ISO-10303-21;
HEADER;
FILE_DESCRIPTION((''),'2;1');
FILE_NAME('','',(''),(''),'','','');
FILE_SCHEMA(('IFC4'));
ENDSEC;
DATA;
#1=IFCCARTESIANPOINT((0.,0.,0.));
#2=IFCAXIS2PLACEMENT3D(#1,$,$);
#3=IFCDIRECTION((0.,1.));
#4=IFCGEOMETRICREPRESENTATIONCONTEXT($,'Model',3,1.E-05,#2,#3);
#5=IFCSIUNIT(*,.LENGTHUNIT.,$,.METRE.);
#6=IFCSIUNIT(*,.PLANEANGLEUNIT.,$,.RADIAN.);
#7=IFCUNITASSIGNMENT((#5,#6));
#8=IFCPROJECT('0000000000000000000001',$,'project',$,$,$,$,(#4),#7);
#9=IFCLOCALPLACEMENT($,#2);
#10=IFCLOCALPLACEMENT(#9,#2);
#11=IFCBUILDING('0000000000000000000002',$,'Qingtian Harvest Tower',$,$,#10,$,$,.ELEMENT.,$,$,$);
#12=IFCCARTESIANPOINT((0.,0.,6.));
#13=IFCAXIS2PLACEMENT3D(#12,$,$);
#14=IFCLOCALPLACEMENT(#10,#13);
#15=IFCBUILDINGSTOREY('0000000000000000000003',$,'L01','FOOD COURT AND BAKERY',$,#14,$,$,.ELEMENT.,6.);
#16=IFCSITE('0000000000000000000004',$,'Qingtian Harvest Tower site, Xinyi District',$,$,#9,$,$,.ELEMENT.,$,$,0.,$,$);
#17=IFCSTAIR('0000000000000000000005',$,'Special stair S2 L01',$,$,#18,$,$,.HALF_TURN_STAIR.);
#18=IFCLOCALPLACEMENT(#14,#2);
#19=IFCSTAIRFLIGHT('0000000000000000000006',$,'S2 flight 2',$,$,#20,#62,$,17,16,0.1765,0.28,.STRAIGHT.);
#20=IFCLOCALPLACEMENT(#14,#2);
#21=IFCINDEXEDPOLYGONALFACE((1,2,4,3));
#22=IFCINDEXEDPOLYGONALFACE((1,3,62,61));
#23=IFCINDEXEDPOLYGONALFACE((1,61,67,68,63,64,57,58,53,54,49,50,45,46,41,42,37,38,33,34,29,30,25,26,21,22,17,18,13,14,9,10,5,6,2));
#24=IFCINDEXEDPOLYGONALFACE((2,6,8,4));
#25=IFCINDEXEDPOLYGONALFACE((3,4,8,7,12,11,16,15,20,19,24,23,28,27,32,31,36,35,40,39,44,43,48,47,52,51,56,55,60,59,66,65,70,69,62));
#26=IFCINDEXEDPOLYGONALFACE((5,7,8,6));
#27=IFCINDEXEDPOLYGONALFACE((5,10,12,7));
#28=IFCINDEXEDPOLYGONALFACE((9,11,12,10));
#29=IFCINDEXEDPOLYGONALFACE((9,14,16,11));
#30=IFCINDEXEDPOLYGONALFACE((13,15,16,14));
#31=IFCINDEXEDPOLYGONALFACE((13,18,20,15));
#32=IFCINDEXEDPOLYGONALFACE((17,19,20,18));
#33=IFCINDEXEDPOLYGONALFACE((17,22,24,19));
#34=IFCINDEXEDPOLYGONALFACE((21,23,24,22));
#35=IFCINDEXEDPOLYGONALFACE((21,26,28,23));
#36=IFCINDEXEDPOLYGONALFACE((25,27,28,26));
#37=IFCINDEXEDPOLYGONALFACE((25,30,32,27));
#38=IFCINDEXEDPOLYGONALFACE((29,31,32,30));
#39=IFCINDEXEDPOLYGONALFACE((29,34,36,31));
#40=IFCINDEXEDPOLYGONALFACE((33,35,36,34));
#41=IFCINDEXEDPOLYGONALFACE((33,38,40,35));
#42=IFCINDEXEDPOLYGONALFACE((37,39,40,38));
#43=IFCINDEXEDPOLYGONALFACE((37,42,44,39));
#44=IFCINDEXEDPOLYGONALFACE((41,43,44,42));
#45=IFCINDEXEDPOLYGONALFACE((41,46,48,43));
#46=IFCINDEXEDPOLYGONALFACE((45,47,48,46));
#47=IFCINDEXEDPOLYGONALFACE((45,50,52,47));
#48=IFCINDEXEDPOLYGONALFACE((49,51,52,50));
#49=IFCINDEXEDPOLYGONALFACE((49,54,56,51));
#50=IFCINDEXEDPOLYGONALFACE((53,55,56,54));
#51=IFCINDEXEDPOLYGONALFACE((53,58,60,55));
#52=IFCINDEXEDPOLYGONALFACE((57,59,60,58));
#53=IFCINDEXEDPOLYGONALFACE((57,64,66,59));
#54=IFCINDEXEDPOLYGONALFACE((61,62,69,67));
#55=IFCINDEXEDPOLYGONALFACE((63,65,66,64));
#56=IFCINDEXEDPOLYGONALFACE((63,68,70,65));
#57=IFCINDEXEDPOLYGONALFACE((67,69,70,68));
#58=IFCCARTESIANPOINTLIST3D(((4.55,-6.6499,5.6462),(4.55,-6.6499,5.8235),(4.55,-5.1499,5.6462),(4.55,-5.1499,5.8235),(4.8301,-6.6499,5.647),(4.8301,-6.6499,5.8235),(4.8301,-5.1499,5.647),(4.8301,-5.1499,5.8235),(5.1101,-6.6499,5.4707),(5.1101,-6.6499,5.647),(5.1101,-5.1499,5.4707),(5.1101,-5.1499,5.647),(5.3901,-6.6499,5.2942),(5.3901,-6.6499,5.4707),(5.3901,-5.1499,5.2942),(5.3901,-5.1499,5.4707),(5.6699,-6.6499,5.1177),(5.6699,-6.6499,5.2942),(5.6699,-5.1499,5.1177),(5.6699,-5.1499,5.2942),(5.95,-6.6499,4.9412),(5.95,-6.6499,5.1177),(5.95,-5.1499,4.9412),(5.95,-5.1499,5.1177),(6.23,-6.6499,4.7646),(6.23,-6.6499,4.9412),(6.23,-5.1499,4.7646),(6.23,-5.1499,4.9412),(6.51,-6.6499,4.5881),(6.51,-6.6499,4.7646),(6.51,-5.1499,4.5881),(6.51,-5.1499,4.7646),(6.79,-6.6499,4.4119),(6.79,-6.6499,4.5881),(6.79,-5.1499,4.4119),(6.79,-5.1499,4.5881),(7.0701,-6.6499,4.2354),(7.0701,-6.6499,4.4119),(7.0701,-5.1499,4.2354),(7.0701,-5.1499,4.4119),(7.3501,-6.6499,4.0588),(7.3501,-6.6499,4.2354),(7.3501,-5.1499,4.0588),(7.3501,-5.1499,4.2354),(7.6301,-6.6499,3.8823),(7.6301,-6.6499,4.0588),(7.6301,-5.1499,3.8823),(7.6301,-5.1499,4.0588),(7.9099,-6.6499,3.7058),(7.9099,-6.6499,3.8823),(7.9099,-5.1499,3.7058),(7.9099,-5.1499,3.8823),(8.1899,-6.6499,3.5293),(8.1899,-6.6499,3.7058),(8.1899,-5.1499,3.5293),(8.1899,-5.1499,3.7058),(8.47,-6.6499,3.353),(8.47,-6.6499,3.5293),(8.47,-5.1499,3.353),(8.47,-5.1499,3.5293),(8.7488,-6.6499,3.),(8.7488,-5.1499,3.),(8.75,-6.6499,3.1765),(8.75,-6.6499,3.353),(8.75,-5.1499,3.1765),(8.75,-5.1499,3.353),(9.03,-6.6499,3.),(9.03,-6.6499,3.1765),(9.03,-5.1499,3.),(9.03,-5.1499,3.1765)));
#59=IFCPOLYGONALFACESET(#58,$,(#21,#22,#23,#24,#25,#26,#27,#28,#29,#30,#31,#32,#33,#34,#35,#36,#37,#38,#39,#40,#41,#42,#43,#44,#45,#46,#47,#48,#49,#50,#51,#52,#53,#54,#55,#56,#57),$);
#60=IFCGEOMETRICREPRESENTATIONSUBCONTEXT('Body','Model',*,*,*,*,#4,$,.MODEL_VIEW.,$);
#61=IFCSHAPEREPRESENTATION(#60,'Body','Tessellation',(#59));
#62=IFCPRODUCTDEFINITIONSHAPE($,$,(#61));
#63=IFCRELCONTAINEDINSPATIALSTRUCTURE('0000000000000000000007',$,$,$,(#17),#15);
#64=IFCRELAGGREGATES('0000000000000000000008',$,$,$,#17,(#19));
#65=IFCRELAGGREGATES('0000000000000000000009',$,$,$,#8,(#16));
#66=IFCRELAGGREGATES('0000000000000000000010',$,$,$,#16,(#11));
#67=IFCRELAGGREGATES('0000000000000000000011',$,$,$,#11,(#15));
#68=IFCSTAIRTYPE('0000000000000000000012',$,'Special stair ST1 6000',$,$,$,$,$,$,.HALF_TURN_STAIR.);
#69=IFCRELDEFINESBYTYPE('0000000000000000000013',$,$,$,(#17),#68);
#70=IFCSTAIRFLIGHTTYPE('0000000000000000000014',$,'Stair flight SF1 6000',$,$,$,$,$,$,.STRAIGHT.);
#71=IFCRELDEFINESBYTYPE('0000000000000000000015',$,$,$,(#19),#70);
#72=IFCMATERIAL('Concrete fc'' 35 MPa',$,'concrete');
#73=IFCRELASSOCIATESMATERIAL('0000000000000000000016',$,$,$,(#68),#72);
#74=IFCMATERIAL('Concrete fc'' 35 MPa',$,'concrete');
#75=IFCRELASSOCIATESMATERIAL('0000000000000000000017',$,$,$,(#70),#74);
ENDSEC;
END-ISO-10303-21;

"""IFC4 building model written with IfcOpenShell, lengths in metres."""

from ifc_helpers import new_model, si_unit, direction, frame, origin, place, context, subcontext, project, spatial, polyline, outline, extrude, material, type_object, element, aggregate, save


model = new_model("IFC4")

# Units and contexts
model_context = context("Model", 3, precision=1e-05, world=origin(), true_north=direction((0.0, 1.0)))
body_context = subcontext(model_context, "Body", "Model", "MODEL_VIEW")
ifc_project = project(units=[si_unit("LENGTHUNIT", "METRE"), si_unit("PLANEANGLEUNIT", "RADIAN")], contexts=[model_context])

# Site, building, storey
site_placement = place(None, origin())
site = spatial("IfcSite", under=ifc_project, at=site_placement, Name="Qingtian Harvest Tower site, Xinyi District", CompositionType="ELEMENT", RefElevation=0.0)
building_placement = place(site_placement, origin())
building = spatial("IfcBuilding", under=site, at=building_placement, Name="Qingtian Harvest Tower", CompositionType="ELEMENT")
storey_placement = place(building_placement, frame((0.0, 0.0, 6.0)))
storey = spatial("IfcBuildingStorey", under=building, at=storey_placement, Name="L01", Description="FOOD COURT AND BAKERY", CompositionType="ELEMENT", Elevation=6.0)

# Stair, stair flight
ifc_material_1 = material(Name="Concrete fc' 35 MPa", Category="concrete")
stair_type = type_object("IfcStairType", Name="Special stair ST1 6000", PredefinedType="HALF_TURN_STAIR", material=ifc_material_1)
stair_placement = place(storey_placement, origin())
stair = element("IfcStair", 1, at=stair_placement, inside=storey, type_object=stair_type, Name="Special stair S2 L01", PredefinedType="HALF_TURN_STAIR")
ifc_material_2 = material(Name="Concrete fc' 35 MPa", Category="concrete")
stair_flight_type = type_object("IfcStairFlightType", Name="Stair flight SF1 6000", PredefinedType="STRAIGHT", material=ifc_material_2)
stair_flight_1_placement = place(storey_placement, frame((9.03, -5.8999, 3.0), z_axis=(0.0, 0.0, 1.0), x_axis=(-1.0, 0.0, 0.0)))
stair_flight_1 = element("IfcStairFlight", 2, at=stair_flight_1_placement, type_object=stair_flight_type, Name="S2 flight 2", NumberOfRisers=17, NumberOfTreads=16, PredefinedType="STRAIGHT", RiserHeight=0.1765, TreadLength=0.28, context=body_context, shape_type="SweptSolid", body=[
    extrude(outline(polyline([(0.0, 0.0), (0.0, 0.1765), (0.28, 0.1765), (0.28, 0.353), (0.5601, 0.353), (0.5601, 0.5293), (0.8401, 0.5293), (0.8401, 0.7058), (1.1201, 0.7058), (1.1201, 0.8823), (1.3999, 0.8823), (1.3999, 1.0588), (1.6799, 1.0588), (1.6799, 1.2354), (1.96, 1.2354), (1.96, 1.4119), (2.24, 1.4119), (2.24, 1.5881), (2.52, 1.5881), (2.52, 1.7646), (2.8, 1.7646), (2.8, 1.9412), (3.0801, 1.9412), (3.0801, 2.1177), (3.3601, 2.1177), (3.3601, 2.2942), (3.6399, 2.2942), (3.6399, 2.4707), (3.9199, 2.4707), (3.9199, 2.647), (4.2, 2.647), (4.2, 2.8235), (4.48, 2.8235), (4.48, 3.0), (4.48, 2.6462), (0.2812, 0.0), (0.0, 0.0)])), frame((0.0, 0.75, 0.0), z_axis=(0.0, -1.0, 0.0), x_axis=(1.0, 0.0, 0.0)), (0.0, 0.0, 1.0), 1.5),
])
aggregate(stair, [stair_flight_1])

save(model, "model.ifc")
